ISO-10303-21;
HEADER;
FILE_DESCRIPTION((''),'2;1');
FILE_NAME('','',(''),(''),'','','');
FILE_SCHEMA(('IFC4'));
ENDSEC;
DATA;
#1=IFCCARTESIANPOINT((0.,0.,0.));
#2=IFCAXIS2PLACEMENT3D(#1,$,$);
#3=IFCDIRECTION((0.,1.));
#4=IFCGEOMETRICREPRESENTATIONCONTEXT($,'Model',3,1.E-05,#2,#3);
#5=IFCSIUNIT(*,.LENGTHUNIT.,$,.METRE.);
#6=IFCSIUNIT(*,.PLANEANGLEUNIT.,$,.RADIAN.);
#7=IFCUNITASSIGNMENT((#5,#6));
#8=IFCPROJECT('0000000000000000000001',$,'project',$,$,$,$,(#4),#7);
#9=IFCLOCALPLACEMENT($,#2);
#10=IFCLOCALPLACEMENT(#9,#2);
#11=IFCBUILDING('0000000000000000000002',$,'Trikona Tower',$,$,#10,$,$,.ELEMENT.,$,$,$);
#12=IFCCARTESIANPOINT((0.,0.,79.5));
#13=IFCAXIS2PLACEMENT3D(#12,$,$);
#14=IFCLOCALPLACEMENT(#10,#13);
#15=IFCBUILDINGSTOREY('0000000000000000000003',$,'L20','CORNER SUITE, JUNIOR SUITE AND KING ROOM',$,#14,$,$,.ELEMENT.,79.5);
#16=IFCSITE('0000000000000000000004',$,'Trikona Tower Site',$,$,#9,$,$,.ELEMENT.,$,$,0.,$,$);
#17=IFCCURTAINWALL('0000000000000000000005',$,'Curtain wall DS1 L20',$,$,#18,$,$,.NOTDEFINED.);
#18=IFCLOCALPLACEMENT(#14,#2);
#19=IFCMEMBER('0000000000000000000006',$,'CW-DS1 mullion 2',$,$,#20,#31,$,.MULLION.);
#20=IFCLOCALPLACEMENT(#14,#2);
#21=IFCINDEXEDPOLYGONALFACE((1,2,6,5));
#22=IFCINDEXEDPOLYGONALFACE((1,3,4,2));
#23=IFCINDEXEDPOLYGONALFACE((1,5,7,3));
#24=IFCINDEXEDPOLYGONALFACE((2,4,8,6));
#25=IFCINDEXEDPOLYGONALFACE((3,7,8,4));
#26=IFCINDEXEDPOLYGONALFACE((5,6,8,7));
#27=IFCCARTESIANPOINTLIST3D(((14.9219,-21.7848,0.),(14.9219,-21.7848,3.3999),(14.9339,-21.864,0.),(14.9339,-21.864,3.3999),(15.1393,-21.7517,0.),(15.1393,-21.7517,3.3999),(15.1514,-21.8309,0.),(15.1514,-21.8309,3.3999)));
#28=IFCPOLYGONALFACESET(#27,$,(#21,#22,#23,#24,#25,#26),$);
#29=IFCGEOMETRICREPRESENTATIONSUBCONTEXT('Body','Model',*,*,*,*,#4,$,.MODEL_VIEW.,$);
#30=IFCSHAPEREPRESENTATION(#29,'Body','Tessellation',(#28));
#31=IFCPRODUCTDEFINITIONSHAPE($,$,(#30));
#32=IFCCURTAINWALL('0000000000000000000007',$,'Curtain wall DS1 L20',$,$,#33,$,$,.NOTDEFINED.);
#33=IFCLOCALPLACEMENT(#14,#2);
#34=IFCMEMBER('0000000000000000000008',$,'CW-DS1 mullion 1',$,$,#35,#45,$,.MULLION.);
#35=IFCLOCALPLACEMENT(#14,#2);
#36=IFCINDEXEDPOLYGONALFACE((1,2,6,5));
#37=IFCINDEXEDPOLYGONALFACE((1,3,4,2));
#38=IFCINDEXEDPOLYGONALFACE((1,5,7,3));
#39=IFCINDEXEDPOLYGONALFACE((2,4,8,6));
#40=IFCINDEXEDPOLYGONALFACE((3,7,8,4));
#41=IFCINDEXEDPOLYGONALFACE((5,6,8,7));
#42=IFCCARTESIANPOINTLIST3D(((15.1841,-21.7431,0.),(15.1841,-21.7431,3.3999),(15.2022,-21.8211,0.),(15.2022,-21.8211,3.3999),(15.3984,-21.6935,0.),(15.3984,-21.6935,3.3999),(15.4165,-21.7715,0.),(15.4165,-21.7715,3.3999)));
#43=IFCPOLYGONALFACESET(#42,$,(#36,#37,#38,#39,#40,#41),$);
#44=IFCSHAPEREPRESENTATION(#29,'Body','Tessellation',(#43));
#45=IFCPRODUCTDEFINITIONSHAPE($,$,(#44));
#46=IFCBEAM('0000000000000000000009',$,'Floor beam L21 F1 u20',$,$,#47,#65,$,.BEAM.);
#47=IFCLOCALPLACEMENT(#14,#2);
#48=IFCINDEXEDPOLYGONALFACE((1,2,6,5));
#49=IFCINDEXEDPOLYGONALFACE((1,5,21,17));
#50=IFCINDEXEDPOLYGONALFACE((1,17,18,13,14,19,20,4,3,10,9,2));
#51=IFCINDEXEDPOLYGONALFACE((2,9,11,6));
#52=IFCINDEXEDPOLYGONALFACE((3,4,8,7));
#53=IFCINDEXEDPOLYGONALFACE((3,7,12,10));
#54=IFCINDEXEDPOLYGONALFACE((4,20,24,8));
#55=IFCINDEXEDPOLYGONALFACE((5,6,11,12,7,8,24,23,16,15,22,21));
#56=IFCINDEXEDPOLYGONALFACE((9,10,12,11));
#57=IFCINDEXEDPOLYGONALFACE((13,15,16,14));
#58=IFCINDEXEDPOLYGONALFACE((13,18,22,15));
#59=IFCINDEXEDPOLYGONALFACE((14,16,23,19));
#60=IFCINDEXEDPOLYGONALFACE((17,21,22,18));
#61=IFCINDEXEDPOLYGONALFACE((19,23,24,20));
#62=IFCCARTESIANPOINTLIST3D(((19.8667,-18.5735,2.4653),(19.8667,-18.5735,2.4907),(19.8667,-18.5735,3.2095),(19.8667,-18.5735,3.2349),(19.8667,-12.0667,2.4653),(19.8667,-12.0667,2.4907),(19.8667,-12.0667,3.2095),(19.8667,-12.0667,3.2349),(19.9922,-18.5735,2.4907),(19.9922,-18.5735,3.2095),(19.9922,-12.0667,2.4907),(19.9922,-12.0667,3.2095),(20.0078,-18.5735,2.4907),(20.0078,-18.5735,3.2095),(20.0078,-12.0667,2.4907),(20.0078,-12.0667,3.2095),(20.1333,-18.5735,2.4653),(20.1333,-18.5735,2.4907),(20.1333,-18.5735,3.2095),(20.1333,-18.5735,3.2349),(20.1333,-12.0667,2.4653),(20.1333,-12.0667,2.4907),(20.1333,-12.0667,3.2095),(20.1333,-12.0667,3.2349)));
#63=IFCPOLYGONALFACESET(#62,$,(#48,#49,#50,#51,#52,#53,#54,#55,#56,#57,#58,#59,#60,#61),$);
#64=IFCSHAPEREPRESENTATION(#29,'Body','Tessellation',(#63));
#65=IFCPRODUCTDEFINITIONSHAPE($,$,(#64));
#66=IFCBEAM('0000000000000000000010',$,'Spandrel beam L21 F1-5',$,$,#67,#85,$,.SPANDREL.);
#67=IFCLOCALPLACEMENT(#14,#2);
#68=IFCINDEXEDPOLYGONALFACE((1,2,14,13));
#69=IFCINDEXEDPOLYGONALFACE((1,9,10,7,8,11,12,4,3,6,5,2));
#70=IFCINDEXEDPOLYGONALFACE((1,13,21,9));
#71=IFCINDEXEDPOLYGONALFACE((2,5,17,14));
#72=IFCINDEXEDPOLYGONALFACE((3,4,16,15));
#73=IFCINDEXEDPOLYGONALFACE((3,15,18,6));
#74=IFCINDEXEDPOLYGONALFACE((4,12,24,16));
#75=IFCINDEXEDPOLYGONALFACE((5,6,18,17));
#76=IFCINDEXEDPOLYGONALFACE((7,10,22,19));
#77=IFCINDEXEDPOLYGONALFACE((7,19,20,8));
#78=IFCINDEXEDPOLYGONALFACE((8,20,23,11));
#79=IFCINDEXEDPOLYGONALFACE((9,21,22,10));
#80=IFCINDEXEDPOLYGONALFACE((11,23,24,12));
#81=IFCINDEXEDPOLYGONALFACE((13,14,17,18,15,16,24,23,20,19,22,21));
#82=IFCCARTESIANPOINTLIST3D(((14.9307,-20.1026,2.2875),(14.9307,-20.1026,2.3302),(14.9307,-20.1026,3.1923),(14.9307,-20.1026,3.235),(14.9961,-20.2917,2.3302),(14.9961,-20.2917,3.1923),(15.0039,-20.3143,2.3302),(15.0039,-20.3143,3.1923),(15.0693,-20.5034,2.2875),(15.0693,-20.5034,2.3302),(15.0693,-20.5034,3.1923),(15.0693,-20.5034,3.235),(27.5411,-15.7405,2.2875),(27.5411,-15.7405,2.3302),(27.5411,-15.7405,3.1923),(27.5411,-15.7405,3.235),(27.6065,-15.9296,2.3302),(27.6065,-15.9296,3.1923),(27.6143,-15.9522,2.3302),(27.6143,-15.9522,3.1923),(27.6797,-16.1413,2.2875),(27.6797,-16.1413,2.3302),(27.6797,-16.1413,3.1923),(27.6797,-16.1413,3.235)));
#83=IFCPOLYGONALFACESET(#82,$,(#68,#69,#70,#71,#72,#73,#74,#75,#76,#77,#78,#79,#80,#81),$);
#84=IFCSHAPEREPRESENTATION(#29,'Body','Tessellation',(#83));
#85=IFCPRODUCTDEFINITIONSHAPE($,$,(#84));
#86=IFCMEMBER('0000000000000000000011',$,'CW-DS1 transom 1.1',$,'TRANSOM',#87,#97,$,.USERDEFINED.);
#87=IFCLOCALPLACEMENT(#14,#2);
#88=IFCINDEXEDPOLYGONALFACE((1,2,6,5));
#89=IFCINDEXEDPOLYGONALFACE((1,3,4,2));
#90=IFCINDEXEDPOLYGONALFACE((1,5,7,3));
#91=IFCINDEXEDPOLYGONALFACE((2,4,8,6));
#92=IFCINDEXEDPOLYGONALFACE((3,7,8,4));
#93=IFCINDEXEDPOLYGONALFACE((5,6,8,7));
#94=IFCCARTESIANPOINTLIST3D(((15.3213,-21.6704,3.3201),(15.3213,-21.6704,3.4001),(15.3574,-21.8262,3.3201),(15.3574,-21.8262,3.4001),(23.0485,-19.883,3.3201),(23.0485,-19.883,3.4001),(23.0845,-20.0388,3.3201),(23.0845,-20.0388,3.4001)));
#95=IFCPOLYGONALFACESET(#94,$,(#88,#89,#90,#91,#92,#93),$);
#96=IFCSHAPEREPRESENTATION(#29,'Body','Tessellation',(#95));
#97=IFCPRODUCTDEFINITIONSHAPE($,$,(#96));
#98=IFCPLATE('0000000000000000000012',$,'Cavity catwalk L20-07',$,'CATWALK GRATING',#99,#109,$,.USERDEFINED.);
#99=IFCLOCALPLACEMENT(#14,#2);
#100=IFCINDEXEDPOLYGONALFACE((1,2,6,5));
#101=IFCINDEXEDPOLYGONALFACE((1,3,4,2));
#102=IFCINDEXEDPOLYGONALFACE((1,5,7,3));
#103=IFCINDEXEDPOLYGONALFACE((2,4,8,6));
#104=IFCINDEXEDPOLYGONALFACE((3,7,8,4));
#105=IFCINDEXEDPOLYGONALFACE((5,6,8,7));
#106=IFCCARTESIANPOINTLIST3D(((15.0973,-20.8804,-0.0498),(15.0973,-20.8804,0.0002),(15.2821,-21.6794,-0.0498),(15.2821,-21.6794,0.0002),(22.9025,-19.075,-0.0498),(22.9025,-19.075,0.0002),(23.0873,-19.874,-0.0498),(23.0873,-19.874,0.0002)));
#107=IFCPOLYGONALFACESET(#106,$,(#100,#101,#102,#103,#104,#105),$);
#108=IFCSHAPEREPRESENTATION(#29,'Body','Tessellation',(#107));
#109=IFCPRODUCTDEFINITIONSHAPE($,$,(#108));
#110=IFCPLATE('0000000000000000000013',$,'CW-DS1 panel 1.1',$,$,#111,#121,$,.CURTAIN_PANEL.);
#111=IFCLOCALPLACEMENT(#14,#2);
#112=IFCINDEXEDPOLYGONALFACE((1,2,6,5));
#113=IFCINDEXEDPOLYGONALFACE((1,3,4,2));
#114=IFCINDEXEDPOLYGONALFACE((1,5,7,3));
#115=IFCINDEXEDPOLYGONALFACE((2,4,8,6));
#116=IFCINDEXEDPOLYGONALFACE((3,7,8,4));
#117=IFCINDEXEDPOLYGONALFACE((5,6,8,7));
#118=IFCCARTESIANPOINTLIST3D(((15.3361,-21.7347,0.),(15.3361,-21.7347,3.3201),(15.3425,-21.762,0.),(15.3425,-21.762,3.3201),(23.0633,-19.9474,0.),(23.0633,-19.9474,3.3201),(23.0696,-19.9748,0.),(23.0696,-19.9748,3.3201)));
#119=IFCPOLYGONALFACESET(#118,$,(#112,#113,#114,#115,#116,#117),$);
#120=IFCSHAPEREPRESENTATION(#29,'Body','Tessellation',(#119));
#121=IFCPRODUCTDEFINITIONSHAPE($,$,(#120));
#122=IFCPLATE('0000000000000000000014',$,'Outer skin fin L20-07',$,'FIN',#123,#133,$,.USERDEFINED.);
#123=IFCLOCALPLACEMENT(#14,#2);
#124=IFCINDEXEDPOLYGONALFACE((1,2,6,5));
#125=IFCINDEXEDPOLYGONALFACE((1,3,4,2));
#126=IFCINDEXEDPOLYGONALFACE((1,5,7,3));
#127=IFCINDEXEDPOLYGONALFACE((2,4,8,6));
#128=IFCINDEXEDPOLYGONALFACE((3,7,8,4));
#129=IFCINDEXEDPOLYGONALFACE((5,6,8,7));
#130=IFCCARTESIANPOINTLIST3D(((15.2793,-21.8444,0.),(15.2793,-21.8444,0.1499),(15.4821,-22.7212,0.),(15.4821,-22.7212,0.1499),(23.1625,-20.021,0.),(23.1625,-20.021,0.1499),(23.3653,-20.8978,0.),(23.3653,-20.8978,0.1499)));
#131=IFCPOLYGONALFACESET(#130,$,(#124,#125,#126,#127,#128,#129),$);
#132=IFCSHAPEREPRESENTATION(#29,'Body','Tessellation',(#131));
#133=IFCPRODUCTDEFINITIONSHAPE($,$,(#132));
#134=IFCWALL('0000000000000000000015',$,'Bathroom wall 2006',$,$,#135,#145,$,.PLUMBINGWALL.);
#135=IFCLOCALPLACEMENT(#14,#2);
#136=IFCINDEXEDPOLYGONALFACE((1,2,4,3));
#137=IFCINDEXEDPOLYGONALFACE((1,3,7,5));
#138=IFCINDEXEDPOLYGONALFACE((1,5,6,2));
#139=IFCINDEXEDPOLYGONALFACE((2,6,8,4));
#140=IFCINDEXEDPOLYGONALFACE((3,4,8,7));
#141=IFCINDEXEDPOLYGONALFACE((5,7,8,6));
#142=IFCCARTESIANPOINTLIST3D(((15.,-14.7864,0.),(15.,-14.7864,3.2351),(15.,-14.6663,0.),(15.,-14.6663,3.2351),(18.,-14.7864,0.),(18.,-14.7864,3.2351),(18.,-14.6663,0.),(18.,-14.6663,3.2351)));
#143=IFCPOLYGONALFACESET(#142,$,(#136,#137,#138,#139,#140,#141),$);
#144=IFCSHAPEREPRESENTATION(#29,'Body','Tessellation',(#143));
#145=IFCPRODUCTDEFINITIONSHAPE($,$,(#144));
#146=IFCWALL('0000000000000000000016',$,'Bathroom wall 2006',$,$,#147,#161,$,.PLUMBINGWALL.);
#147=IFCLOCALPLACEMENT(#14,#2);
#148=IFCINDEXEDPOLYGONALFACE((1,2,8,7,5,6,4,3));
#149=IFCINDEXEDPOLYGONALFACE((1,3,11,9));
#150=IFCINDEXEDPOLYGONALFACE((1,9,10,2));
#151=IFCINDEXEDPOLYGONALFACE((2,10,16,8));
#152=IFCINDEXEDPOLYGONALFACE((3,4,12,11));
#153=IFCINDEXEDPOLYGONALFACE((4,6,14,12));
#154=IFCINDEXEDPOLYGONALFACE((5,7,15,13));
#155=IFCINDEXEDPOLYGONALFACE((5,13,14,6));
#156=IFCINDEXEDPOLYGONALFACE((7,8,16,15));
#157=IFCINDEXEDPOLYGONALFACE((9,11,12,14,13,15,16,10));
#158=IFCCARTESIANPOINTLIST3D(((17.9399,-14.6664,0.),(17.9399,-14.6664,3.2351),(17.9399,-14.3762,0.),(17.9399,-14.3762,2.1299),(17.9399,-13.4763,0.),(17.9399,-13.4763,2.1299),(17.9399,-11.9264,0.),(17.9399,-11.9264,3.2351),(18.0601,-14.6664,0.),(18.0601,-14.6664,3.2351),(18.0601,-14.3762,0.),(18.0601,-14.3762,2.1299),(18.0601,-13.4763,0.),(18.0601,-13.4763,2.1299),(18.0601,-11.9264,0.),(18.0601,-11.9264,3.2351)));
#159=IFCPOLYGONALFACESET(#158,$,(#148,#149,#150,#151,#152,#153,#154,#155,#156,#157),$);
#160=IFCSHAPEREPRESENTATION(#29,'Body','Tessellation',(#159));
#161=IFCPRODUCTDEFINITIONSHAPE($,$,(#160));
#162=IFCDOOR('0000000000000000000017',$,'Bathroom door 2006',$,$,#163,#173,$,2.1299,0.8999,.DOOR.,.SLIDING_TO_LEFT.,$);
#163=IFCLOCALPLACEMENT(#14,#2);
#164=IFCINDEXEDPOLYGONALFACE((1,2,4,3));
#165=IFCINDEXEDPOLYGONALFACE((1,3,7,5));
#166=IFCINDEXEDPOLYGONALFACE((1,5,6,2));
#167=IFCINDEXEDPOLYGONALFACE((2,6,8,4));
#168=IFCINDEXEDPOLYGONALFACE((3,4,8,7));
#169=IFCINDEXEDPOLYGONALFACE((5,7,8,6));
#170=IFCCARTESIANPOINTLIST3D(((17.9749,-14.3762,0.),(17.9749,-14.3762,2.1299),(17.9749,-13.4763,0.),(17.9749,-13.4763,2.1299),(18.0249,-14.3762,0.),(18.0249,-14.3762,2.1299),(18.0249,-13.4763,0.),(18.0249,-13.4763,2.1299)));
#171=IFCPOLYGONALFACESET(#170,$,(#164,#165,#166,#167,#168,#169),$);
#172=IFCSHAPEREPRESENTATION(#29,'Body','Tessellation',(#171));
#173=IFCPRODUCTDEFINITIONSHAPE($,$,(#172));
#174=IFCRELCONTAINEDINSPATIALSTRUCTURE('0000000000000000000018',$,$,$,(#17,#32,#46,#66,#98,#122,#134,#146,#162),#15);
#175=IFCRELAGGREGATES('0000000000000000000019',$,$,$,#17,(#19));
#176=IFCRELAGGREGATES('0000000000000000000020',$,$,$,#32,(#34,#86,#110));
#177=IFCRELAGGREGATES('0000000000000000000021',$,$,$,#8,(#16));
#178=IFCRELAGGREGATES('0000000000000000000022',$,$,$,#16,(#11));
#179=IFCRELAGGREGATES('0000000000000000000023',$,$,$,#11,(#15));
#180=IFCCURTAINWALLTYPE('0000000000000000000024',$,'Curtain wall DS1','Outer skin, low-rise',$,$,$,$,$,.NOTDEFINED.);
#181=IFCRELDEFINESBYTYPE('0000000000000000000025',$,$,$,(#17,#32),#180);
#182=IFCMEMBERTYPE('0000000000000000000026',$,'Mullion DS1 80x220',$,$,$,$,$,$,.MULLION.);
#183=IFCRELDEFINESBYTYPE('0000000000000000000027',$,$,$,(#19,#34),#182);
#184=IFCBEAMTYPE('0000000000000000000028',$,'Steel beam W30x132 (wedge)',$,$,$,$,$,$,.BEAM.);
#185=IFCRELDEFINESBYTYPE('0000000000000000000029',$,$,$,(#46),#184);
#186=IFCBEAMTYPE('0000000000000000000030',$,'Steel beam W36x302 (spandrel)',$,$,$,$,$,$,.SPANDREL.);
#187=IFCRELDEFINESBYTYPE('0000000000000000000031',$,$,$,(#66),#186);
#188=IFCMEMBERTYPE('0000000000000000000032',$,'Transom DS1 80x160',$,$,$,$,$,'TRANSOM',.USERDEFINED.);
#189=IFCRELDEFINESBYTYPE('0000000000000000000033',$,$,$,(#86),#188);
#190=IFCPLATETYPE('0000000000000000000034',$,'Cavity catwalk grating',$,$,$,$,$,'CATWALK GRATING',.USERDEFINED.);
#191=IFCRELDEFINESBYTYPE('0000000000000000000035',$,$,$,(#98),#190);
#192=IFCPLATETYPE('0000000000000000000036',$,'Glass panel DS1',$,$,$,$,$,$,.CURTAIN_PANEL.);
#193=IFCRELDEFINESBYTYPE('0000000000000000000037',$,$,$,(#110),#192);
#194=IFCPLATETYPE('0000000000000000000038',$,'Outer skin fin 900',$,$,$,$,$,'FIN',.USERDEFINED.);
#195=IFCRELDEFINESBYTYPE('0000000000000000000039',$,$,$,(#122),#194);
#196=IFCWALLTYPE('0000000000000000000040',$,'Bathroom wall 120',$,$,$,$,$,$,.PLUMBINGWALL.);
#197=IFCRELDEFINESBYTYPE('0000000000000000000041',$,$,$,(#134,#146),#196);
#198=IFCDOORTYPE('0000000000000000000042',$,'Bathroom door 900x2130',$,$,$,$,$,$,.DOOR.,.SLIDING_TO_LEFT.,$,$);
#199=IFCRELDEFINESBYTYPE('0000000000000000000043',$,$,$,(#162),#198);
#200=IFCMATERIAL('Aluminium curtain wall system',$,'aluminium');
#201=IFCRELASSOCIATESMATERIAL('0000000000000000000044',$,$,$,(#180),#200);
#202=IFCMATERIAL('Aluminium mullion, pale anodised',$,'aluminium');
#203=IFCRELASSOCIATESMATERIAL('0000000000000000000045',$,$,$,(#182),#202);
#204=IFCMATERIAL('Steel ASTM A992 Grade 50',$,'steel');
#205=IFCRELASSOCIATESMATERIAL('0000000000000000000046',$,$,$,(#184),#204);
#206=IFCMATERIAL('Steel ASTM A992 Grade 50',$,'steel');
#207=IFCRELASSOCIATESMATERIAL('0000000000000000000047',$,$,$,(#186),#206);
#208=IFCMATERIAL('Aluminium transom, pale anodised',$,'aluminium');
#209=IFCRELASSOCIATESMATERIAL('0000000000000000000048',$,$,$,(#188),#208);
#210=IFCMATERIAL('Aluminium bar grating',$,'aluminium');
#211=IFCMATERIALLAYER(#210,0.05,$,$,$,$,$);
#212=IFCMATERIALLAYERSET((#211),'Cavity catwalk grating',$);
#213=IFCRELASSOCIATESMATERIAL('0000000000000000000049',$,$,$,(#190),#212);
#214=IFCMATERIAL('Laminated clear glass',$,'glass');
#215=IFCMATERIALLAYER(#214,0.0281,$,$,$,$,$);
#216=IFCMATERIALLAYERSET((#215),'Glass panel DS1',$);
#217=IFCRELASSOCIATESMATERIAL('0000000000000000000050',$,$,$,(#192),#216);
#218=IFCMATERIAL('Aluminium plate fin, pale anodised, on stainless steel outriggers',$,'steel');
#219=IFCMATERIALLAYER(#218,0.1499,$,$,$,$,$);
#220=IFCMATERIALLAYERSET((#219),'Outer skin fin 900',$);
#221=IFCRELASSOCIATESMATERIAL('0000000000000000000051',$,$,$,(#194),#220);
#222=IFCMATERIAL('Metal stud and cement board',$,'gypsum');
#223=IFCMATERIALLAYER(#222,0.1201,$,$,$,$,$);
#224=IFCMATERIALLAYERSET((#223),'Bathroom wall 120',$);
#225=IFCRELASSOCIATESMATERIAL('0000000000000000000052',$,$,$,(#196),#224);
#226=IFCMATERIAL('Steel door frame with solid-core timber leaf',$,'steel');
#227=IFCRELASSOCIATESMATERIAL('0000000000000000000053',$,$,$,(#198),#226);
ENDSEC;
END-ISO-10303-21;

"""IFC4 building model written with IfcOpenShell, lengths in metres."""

from ifc_helpers import new_model, si_unit, direction, frame, frame_2d, origin, origin_2d, place, context, subcontext, project, spatial, rectangle, i_section, extrude, material, layer, layer_set, material_profile, profile_set, type_object, element, fill, aggregate, save


model = new_model("IFC4")

# Units and contexts
model_context = context("Model", 3, precision=1e-05, world=origin(), true_north=direction((0.0, 1.0)))
body_context = subcontext(model_context, "Body", "Model", "MODEL_VIEW")
ifc_project = project(units=[si_unit("LENGTHUNIT", "METRE"), si_unit("PLANEANGLEUNIT", "RADIAN")], contexts=[model_context])

# Site, building, storey
site_placement = place(None, origin())
site = spatial("IfcSite", under=ifc_project, at=site_placement, Name="Trikona Tower Site", CompositionType="ELEMENT", RefElevation=0.0)
building_placement = place(site_placement, origin())
building = spatial("IfcBuilding", under=site, at=building_placement, Name="Trikona Tower", CompositionType="ELEMENT")
storey_placement = place(building_placement, frame((0.0, 0.0, 79.5)))
storey = spatial("IfcBuildingStorey", under=building, at=storey_placement, Name="L20", Description="CORNER SUITE, JUNIOR SUITE AND KING ROOM", CompositionType="ELEMENT", Elevation=79.5)

# Curtain walls, members
ifc_material_1 = material(Name="Aluminium curtain wall system", Category="aluminium")
curtain_wall_type = type_object("IfcCurtainWallType", Name="Curtain wall DS1", Description="Outer skin, low-rise", PredefinedType="NOTDEFINED", material=ifc_material_1)
curtain_wall_1_placement = place(storey_placement, origin())
curtain_wall_1 = element("IfcCurtainWall", 1, at=curtain_wall_1_placement, inside=storey, type_object=curtain_wall_type, Name="Curtain wall DS1 L20", PredefinedType="NOTDEFINED")
ifc_material_2 = material(Name="Aluminium mullion, pale anodised", Category="aluminium")
ifc_material_profile_1 = material_profile(ifc_material_2, rectangle(XDim=0.0801, YDim=0.22, at=origin_2d()), Name="MUL-DS1")
ifc_profile_set_1 = profile_set([ifc_material_profile_1], Name="Aluminium mullion, pale anodised")
member_type_1 = type_object("IfcMemberType", Name="Mullion DS1 80x220", PredefinedType="MULLION", material=ifc_profile_set_1)
member_1_placement = place(storey_placement, frame((15.0366, -21.8079, 0.0), z_axis=(0.0, 0.0, 1.0), x_axis=(-0.150438, 0.988619, 0.0)))
member_1 = element("IfcMember", 2, at=member_1_placement, type_object=member_type_1, Name="CW-DS1 mullion 2", PredefinedType="MULLION", context=body_context, shape_type="SweptSolid", body=[
    extrude(rectangle(XDim=0.0801, YDim=0.22, at=origin_2d()), origin(), (0.0, 0.0, 1.0), 3.3999),
])
aggregate(curtain_wall_1, [member_1])
curtain_wall_2_placement = place(storey_placement, origin())
curtain_wall_2 = element("IfcCurtainWall", 3, at=curtain_wall_2_placement, inside=storey, type_object=curtain_wall_type, Name="Curtain wall DS1 L20", PredefinedType="NOTDEFINED")
member_2_placement = place(storey_placement, frame((15.3003, -21.7573, 0.0), z_axis=(0.0, 0.0, 1.0), x_axis=(-0.225343, 0.974279, 0.0)))
member_2 = element("IfcMember", 4, at=member_2_placement, type_object=member_type_1, Name="CW-DS1 mullion 1", PredefinedType="MULLION", context=body_context, shape_type="SweptSolid", body=[
    extrude(rectangle(XDim=0.0801, YDim=0.22, at=origin_2d()), origin(), (0.0, 0.0, 1.0), 3.3999),
])

# Beams
ifc_material_3 = material(Name="Steel ASTM A992 Grade 50", Category="steel")
ifc_material_profile_2 = material_profile(ifc_material_3, i_section(OverallWidth=0.2666, OverallDepth=0.7695, WebThickness=0.0156, FlangeThickness=0.0254, at=origin_2d()), Name="W30X132")
ifc_profile_set_2 = profile_set([ifc_material_profile_2], Name="Steel ASTM A992 Grade 50")
beam_type_1 = type_object("IfcBeamType", Name="Steel beam W30x132 (wedge)", PredefinedType="BEAM", material=ifc_profile_set_2)
beam_1_placement = place(storey_placement, frame((20.0, -12.0667, 2.8501), z_axis=(0.0, -1.0, 0.0), x_axis=(1.0, 0.0, 0.0)))
element("IfcBeam", 5, at=beam_1_placement, inside=storey, type_object=beam_type_1, Name="Floor beam L21 F1 u20", PredefinedType="BEAM", context=body_context, shape_type="SweptSolid", body=[
    extrude(i_section(OverallWidth=0.2666, OverallDepth=0.7695, WebThickness=0.0156, FlangeThickness=0.0254, at=origin_2d()), origin(), (0.0, 0.0, 1.0), 6.5068),
])
ifc_material_4 = material(Name="Steel ASTM A992 Grade 50", Category="steel")
ifc_material_profile_3 = material_profile(ifc_material_4, i_section(OverallWidth=0.4241, OverallDepth=0.9475, WebThickness=0.0239, FlangeThickness=0.0427, at=origin_2d()), Name="W36X302")
ifc_profile_set_3 = profile_set([ifc_material_profile_3], Name="Steel ASTM A992 Grade 50")
beam_type_2 = type_object("IfcBeamType", Name="Steel beam W36x302 (spandrel)", PredefinedType="SPANDREL", material=ifc_profile_set_3)
beam_2_placement = place(storey_placement, frame((15.0, -20.303, 2.7612), z_axis=(0.945057, 0.326906, 0.0), x_axis=(-0.326906, 0.945057, 0.0)))
element("IfcBeam", 6, at=beam_2_placement, inside=storey, type_object=beam_type_2, Name="Spandrel beam L21 F1-5", PredefinedType="SPANDREL", context=body_context, shape_type="SweptSolid", body=[
    extrude(i_section(OverallWidth=0.4241, OverallDepth=0.9475, WebThickness=0.0239, FlangeThickness=0.0427, at=origin_2d()), origin(), (0.0, 0.0, 1.0), 13.3435),
])

# Member
ifc_material_5 = material(Name="Aluminium transom, pale anodised", Category="aluminium")
ifc_material_profile_4 = material_profile(ifc_material_5, rectangle(XDim=0.1599, YDim=0.0801, at=origin_2d()), Name="TRN-DS1")
ifc_profile_set_4 = profile_set([ifc_material_profile_4], Name="Aluminium transom, pale anodised")
member_type_2 = type_object("IfcMemberType", Name="Transom DS1 80x160", ElementType="TRANSOM", PredefinedType="USERDEFINED", material=ifc_profile_set_4)
member_3_placement = place(storey_placement, frame((15.3394, -21.7483, 3.3601), z_axis=(0.974275, 0.225361, 0.0), x_axis=(-0.225361, 0.974275, 0.0)))
member_3 = element("IfcMember", 7, at=member_3_placement, type_object=member_type_2, Name="CW-DS1 transom 1.1", ObjectType="TRANSOM", PredefinedType="USERDEFINED", context=body_context, shape_type="SweptSolid", body=[
    extrude(rectangle(XDim=0.1599, YDim=0.0801, at=origin_2d()), origin(), (0.0, 0.0, 1.0), 7.9312),
])

# Plates
ifc_material_6 = material(Name="Aluminium bar grating", Category="aluminium")
ifc_layer_1 = layer(ifc_material_6, 0.05)
ifc_layer_set_1 = layer_set([ifc_layer_1], Name="Cavity catwalk grating")
plate_type_1 = type_object("IfcPlateType", Name="Cavity catwalk grating", ElementType="CATWALK GRATING", PredefinedType="USERDEFINED", material=ifc_layer_set_1)
plate_1_placement = place(storey_placement, frame((19.0923, -20.3772, -0.0498), z_axis=(0.0, 0.0, 1.0), x_axis=(0.974278, 0.225351, 0.0)))
element("IfcPlate", 8, at=plate_1_placement, inside=storey, type_object=plate_type_1, Name="Cavity catwalk L20-07", ObjectType="CATWALK GRATING", PredefinedType="USERDEFINED", context=body_context, shape_type="SweptSolid", body=[
    extrude(rectangle(XDim=8.0112, YDim=0.8201, at=origin_2d()), origin(), (0.0, 0.0, 1.0), 0.05),
])
ifc_material_7 = material(Name="Laminated clear glass", Category="glass")
ifc_layer_2 = layer(ifc_material_7, 0.0281)
ifc_layer_set_2 = layer_set([ifc_layer_2], Name="Glass panel DS1")
plate_type_2 = type_object("IfcPlateType", Name="Glass panel DS1", PredefinedType="CURTAIN_PANEL", material=ifc_layer_set_2)
plate_2_placement = place(storey_placement, frame((19.2029, -20.8547, 0.0), z_axis=(0.0, 0.0, 1.0), x_axis=(0.974279, 0.225343, 0.0)))
plate_2 = element("IfcPlate", 9, at=plate_2_placement, type_object=plate_type_2, Name="CW-DS1 panel 1.1", PredefinedType="CURTAIN_PANEL", context=body_context, shape_type="SweptSolid", body=[
    extrude(rectangle(XDim=7.9312, YDim=0.0281, at=origin_2d()), origin(), (0.0, 0.0, 1.0), 3.3201),
])
aggregate(curtain_wall_2, [member_2, member_3, plate_2])
ifc_material_8 = material(Name="Aluminium plate fin, pale anodised, on stainless steel outriggers", Category="steel")
ifc_layer_3 = layer(ifc_material_8, 0.1499)
ifc_layer_set_3 = layer_set([ifc_layer_3], Name="Outer skin fin 900")
plate_type_3 = type_object("IfcPlateType", Name="Outer skin fin 900", ElementType="FIN", PredefinedType="USERDEFINED", material=ifc_layer_set_3)
plate_3_placement = place(storey_placement, frame((19.3223, -21.3711, 0.0), z_axis=(0.0, 0.0, 1.0), x_axis=(0.974278, 0.225351, 0.0)))
element("IfcPlate", 10, at=plate_3_placement, inside=storey, type_object=plate_type_3, Name="Outer skin fin L20-07", ObjectType="FIN", PredefinedType="USERDEFINED", context=body_context, shape_type="SweptSolid", body=[
    extrude(rectangle(XDim=8.0913, YDim=0.8999, at=origin_2d()), origin(), (0.0, 0.0, 1.0), 0.1499),
])

# Wall
ifc_material_9 = material(Name="Metal stud and cement board", Category="gypsum")
ifc_layer_4 = layer(ifc_material_9, 0.1201)
ifc_layer_set_4 = layer_set([ifc_layer_4], Name="Bathroom wall 120")
wall_type_1 = type_object("IfcWallType", Name="Bathroom wall 120", PredefinedType="PLUMBINGWALL", material=ifc_layer_set_4)
wall_1_placement = place(storey_placement, frame((15.0, -14.7263, 0.0), z_axis=(0.0, 0.0, 1.0), x_axis=(1.0, 0.0, 0.0)))
element("IfcWall", 11, at=wall_1_placement, inside=storey, type_object=wall_type_1, Name="Bathroom wall 2006", PredefinedType="PLUMBINGWALL", context=body_context, shape_type="SweptSolid", body=[
    extrude(rectangle(XDim=3.0, YDim=0.1201, at=frame_2d((1.5, 0.0))), origin(), (0.0, 0.0, 1.0), 3.2351),
])

# Wall, opening, door
wall_2_placement = place(storey_placement, frame((18.0, -11.9263, 0.0), z_axis=(0.0, 0.0, 1.0), x_axis=(0.0, -1.0, 0.0)))
wall_2 = element("IfcWall", 12, at=wall_2_placement, inside=storey, type_object=wall_type_1, Name="Bathroom wall 2006", PredefinedType="PLUMBINGWALL", context=body_context, shape_type="SweptSolid", body=[
    extrude(rectangle(XDim=2.74, YDim=0.1201, at=frame_2d((1.3701, 0.0))), origin(), (0.0, 0.0, 1.0), 3.2351),
])
opening_placement = place(wall_2_placement, frame((1.55, 0.0, 0.0)))
opening = element("IfcOpeningElement", 13, at=opening_placement, cuts=wall_2, PredefinedType="OPENING", context=body_context, shape_type="SweptSolid", body=[
    extrude(rectangle(XDim=0.8999, YDim=2.1299, at=frame_2d((0.45, 1.0649))), frame((0.0, 0.0701, 0.0), z_axis=(0.0, -1.0, 0.0), x_axis=(1.0, 0.0, 0.0)), (0.0, 0.0, 1.0), 0.1401),
])
ifc_material_10 = material(Name="Steel door frame with solid-core timber leaf", Category="steel")
door_type = type_object("IfcDoorType", Name="Bathroom door 900x2130", OperationType="SLIDING_TO_LEFT", PredefinedType="DOOR", material=ifc_material_10)
door_placement = place(opening_placement, origin())
door = element("IfcDoor", 14, at=door_placement, inside=storey, type_object=door_type, Name="Bathroom door 2006", OperationType="SLIDING_TO_LEFT", OverallHeight=2.1299, OverallWidth=0.8999, PredefinedType="DOOR", context=body_context, shape_type="SweptSolid", body=[
    extrude(rectangle(XDim=0.8999, YDim=2.1299, at=frame_2d((0.45, 1.0649))), frame((0.0, 0.0249, 0.0), z_axis=(0.0, -1.0, 0.0), x_axis=(1.0, 0.0, 0.0)), (0.0, 0.0, 1.0), 0.05),
])
fill(opening, door)

save(model, "model.ifc")
